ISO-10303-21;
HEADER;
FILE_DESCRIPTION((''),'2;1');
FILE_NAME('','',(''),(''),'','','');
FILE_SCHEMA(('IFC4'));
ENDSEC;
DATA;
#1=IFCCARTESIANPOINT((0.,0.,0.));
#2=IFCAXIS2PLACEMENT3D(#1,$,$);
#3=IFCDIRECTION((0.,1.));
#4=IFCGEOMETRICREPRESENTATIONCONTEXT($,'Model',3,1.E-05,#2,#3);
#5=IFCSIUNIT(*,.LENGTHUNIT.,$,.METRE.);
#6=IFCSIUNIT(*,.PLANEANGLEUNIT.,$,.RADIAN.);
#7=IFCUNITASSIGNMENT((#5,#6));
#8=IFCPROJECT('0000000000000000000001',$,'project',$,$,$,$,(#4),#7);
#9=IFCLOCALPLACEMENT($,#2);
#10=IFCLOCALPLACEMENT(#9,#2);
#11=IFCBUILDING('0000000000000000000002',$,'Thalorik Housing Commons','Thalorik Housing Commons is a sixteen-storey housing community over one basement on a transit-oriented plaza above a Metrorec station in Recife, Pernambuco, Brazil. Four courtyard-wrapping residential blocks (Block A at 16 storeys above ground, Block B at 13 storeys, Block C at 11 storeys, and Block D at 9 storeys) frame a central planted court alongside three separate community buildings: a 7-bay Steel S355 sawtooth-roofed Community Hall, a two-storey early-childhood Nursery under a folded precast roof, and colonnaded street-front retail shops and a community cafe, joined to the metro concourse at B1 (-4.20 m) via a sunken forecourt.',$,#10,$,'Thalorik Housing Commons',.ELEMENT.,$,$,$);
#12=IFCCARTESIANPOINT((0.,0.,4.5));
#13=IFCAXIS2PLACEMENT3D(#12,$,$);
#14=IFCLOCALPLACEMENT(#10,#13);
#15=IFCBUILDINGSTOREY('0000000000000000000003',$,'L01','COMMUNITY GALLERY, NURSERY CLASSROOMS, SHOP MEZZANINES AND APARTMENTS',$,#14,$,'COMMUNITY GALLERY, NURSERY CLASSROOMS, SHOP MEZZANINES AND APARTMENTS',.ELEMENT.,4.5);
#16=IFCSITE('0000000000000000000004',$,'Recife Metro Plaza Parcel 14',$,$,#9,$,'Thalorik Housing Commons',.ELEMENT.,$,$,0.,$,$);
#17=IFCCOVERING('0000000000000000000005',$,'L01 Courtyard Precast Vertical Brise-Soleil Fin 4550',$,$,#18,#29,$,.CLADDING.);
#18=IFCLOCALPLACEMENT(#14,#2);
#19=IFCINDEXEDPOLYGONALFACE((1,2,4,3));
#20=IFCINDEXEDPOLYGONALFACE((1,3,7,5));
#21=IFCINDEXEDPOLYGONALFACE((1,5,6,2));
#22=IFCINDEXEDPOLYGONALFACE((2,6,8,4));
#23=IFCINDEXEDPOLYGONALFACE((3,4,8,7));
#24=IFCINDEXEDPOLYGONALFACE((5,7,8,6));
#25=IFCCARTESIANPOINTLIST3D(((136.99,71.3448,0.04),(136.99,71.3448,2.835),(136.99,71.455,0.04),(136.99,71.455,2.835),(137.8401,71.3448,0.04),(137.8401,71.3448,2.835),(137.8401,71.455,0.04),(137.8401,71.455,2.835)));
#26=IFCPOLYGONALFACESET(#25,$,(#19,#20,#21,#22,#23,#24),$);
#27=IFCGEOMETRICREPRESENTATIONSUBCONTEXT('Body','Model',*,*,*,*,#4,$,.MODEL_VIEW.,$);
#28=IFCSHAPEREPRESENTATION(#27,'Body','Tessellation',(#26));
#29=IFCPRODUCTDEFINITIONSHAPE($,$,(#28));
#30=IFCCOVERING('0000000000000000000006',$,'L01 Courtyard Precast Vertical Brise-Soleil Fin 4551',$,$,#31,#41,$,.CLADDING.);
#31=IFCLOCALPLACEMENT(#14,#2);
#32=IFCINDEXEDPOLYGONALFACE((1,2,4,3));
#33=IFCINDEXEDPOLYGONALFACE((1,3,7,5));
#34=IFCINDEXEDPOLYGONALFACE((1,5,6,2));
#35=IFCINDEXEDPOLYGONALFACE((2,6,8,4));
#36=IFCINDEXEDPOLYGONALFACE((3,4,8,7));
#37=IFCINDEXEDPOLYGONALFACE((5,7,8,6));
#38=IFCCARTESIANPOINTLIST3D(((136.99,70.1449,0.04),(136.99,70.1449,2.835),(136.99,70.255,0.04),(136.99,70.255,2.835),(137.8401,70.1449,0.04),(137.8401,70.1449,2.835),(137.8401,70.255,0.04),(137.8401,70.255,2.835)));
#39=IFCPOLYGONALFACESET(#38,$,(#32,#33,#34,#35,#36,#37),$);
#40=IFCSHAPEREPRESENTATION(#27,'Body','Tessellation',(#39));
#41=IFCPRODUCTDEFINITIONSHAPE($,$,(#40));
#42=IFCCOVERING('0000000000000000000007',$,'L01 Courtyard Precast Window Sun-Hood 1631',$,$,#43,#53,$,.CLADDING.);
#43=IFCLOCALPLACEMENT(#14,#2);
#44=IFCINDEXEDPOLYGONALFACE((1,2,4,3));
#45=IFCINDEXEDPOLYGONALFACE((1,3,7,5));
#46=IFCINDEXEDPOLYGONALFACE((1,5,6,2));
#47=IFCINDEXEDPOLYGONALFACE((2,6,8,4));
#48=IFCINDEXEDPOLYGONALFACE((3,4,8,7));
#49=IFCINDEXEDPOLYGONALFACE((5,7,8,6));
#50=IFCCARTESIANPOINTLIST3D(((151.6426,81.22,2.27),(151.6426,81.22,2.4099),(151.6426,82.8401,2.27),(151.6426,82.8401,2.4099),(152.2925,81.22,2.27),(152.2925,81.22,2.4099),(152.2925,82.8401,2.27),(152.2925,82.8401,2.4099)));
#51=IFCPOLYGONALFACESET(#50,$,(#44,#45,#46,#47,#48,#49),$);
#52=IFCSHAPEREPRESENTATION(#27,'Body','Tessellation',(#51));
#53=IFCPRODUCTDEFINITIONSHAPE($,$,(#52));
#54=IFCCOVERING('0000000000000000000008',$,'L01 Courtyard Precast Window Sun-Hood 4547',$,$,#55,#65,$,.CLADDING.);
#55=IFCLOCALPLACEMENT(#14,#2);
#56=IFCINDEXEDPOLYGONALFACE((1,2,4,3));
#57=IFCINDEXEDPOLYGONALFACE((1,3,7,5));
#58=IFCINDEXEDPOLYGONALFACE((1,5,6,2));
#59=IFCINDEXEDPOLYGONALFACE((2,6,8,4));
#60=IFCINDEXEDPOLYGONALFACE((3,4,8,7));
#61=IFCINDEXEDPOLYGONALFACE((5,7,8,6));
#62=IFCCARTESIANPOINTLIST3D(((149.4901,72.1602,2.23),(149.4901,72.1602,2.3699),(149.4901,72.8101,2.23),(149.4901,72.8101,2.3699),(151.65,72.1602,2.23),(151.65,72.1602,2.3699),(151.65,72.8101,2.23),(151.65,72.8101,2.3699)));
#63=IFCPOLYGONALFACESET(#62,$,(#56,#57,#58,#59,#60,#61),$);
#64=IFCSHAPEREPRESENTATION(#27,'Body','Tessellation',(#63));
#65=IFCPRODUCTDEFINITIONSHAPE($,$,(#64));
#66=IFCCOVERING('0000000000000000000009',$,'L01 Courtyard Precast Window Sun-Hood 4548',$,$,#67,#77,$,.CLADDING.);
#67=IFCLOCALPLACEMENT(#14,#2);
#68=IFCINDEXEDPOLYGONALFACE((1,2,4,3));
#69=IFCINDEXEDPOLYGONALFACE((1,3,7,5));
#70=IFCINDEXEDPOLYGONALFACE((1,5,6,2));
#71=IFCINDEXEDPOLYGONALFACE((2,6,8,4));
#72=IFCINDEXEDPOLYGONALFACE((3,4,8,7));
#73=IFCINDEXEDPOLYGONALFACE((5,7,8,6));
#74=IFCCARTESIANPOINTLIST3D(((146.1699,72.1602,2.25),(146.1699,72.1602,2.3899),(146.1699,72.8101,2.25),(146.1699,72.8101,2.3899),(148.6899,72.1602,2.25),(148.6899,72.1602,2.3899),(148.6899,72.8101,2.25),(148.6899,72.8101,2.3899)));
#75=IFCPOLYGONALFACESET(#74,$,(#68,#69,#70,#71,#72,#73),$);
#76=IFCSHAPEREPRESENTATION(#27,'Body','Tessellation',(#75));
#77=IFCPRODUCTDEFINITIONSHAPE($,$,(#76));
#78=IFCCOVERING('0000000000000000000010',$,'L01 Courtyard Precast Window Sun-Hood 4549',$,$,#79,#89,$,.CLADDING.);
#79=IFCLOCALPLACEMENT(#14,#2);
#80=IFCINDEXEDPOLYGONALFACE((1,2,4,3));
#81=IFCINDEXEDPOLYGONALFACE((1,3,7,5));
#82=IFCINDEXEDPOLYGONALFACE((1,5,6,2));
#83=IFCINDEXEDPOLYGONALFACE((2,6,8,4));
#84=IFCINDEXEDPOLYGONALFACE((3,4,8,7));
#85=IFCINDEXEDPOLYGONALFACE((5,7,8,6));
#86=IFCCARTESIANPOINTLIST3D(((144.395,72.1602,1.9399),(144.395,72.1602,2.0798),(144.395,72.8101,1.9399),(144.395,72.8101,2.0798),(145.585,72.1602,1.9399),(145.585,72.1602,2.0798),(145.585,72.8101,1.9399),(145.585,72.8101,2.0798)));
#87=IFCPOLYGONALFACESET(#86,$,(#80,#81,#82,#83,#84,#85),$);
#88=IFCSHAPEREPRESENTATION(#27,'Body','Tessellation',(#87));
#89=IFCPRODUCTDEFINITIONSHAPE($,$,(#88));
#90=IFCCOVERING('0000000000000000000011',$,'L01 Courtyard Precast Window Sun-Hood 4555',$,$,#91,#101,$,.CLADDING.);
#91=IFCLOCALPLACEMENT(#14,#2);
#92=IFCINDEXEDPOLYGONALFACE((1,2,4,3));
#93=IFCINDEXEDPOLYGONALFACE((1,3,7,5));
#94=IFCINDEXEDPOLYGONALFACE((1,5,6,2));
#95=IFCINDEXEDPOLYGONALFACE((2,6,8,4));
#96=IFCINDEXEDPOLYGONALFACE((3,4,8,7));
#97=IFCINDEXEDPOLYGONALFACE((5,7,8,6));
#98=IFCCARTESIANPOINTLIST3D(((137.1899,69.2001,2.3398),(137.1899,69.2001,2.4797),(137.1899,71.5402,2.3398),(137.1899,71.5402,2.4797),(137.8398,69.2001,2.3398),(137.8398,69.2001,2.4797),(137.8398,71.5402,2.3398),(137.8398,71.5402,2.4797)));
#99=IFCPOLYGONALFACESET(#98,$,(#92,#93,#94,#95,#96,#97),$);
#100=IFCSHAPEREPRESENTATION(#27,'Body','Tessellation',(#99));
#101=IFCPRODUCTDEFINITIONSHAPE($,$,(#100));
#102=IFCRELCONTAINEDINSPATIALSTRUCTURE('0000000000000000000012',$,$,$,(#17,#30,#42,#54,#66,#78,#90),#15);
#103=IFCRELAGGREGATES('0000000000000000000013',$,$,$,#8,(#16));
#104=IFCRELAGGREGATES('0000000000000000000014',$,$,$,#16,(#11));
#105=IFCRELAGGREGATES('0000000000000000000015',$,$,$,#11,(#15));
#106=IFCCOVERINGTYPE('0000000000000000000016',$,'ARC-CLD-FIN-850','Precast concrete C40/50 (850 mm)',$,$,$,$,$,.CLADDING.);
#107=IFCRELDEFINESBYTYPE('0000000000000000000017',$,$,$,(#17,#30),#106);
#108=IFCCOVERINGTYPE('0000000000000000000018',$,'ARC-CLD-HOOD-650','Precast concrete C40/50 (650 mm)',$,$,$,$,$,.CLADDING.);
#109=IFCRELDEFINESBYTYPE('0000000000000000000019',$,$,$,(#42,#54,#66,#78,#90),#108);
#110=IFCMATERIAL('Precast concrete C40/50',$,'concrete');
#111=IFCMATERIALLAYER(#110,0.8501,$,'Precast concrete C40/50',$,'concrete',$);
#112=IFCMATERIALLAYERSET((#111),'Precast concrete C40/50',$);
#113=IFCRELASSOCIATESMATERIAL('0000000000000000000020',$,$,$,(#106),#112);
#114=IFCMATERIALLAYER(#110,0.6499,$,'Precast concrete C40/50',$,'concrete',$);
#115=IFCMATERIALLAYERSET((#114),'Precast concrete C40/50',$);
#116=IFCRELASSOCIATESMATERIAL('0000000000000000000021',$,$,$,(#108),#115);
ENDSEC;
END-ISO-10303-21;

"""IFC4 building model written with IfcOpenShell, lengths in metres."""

from ifc_helpers import new_model, si_unit, direction, frame, origin, origin_2d, place, context, subcontext, project, spatial, rectangle, extrude, material, layer, layer_set, type_object, element, save


model = new_model("IFC4")

# Units and contexts
model_context = context("Model", 3, precision=1e-05, world=origin(), true_north=direction((0.0, 1.0)))
body_context = subcontext(model_context, "Body", "Model", "MODEL_VIEW")
ifc_project = project(units=[si_unit("LENGTHUNIT", "METRE"), si_unit("PLANEANGLEUNIT", "RADIAN")], contexts=[model_context])

# Site, building, storey
site_placement = place(None, origin())
site = spatial("IfcSite", under=ifc_project, at=site_placement, Name="Recife Metro Plaza Parcel 14", LongName="Thalorik Housing Commons", CompositionType="ELEMENT", RefElevation=0.0)
building_placement = place(site_placement, origin())
building = spatial("IfcBuilding", under=site, at=building_placement, Name="Thalorik Housing Commons", Description="Thalorik Housing Commons is a sixteen-storey housing community over one basement on a transit-oriented plaza above a Metrorec station in Recife, Pernambuco, Brazil. Four courtyard-wrapping residential blocks (Block A at 16 storeys above ground, Block B at 13 storeys, Block C at 11 storeys, and Block D at 9 storeys) frame a central planted court alongside three separate community buildings: a 7-bay Steel S355 sawtooth-roofed Community Hall, a two-storey early-childhood Nursery under a folded precast roof, and colonnaded street-front retail shops and a community cafe, joined to the metro concourse at B1 (-4.20 m) via a sunken forecourt.", LongName="Thalorik Housing Commons", CompositionType="ELEMENT")
storey_placement = place(building_placement, frame((0.0, 0.0, 4.5)))
storey = spatial("IfcBuildingStorey", under=building, at=storey_placement, Name="L01", Description="COMMUNITY GALLERY, NURSERY CLASSROOMS, SHOP MEZZANINES AND APARTMENTS", LongName="COMMUNITY GALLERY, NURSERY CLASSROOMS, SHOP MEZZANINES AND APARTMENTS", CompositionType="ELEMENT", Elevation=4.5)

# Shared definitions
ifc_material_1 = material(Name="Precast concrete C40/50", Category="concrete")

# Coverings
ifc_layer_1 = layer(ifc_material_1, 0.8501, Name="Precast concrete C40/50", Category="concrete")
ifc_layer_set_1 = layer_set([ifc_layer_1], Name="Precast concrete C40/50")
covering_type_1 = type_object("IfcCoveringType", Name="ARC-CLD-FIN-850", Description="Precast concrete C40/50 (850 mm)", PredefinedType="CLADDING", material=ifc_layer_set_1)
for number, where, z_axis, x_axis, name in (
    (1, (137.415, 71.3999, 0.04), (0.0, 0.0, 1.0), (0.0, -1.0, 0.0), "L01 Courtyard Precast Vertical Brise-Soleil Fin 4550"),
    (2, (137.415, 70.2, 0.04), (0.0, 0.0, 1.0), (0.0, -1.0, 0.0), "L01 Courtyard Precast Vertical Brise-Soleil Fin 4551"),
):
    element("IfcCovering", number, at=place(storey_placement, frame(where, z_axis=z_axis, x_axis=x_axis)), inside=storey, type_object=covering_type_1, Name=name, PredefinedType="CLADDING", context=body_context, shape_type="SweptSolid", body=[
        extrude(rectangle(XDim=0.1101, YDim=0.8501, at=origin_2d()), origin(), (0.0, 0.0, 1.0), 2.7949),
    ])
ifc_layer_2 = layer(ifc_material_1, 0.6499, Name="Precast concrete C40/50", Category="concrete")
ifc_layer_set_2 = layer_set([ifc_layer_2], Name="Precast concrete C40/50")
covering_type_2 = type_object("IfcCoveringType", Name="ARC-CLD-HOOD-650", Description="Precast concrete C40/50 (650 mm)", PredefinedType="CLADDING", material=ifc_layer_set_2)
covering_1_placement = place(storey_placement, frame((151.9675, 82.03, 2.27), z_axis=(0.0, 0.0, 1.0), x_axis=(0.0, -1.0, 0.0)))
element("IfcCovering", 3, at=covering_1_placement, inside=storey, type_object=covering_type_2, Name="L01 Courtyard Precast Window Sun-Hood 1631", PredefinedType="CLADDING", context=body_context, shape_type="SweptSolid", body=[
    extrude(rectangle(XDim=1.6201, YDim=0.6499, at=origin_2d()), origin(), (0.0, 0.0, 1.0), 0.1399),
])
covering_2_placement = place(storey_placement, frame((150.5701, 72.4851, 2.23), z_axis=(0.0, 0.0, 1.0), x_axis=(-1.0, 0.0, 0.0)))
element("IfcCovering", 4, at=covering_2_placement, inside=storey, type_object=covering_type_2, Name="L01 Courtyard Precast Window Sun-Hood 4547", PredefinedType="CLADDING", context=body_context, shape_type="SweptSolid", body=[
    extrude(rectangle(XDim=2.1599, YDim=0.6499, at=origin_2d()), origin(), (0.0, 0.0, 1.0), 0.1399),
])
covering_3_placement = place(storey_placement, frame((147.4299, 72.4851, 2.25), z_axis=(0.0, 0.0, 1.0), x_axis=(-1.0, 0.0, 0.0)))
element("IfcCovering", 5, at=covering_3_placement, inside=storey, type_object=covering_type_2, Name="L01 Courtyard Precast Window Sun-Hood 4548", PredefinedType="CLADDING", context=body_context, shape_type="SweptSolid", body=[
    extrude(rectangle(XDim=2.52, YDim=0.6499, at=origin_2d()), origin(), (0.0, 0.0, 1.0), 0.1399),
])
covering_4_placement = place(storey_placement, frame((144.99, 72.4851, 1.9399), z_axis=(0.0, 0.0, 1.0), x_axis=(-1.0, 0.0, 0.0)))
element("IfcCovering", 6, at=covering_4_placement, inside=storey, type_object=covering_type_2, Name="L01 Courtyard Precast Window Sun-Hood 4549", PredefinedType="CLADDING", context=body_context, shape_type="SweptSolid", body=[
    extrude(rectangle(XDim=1.1899, YDim=0.6499, at=origin_2d()), origin(), (0.0, 0.0, 1.0), 0.1399),
])
covering_5_placement = place(storey_placement, frame((137.5149, 70.3701, 2.3398), z_axis=(0.0, 0.0, 1.0), x_axis=(0.0, -1.0, 0.0)))
element("IfcCovering", 7, at=covering_5_placement, inside=storey, type_object=covering_type_2, Name="L01 Courtyard Precast Window Sun-Hood 4555", PredefinedType="CLADDING", context=body_context, shape_type="SweptSolid", body=[
    extrude(rectangle(XDim=2.3401, YDim=0.6499, at=origin_2d()), origin(), (0.0, 0.0, 1.0), 0.1399),
])

save(model, "model.ifc")
